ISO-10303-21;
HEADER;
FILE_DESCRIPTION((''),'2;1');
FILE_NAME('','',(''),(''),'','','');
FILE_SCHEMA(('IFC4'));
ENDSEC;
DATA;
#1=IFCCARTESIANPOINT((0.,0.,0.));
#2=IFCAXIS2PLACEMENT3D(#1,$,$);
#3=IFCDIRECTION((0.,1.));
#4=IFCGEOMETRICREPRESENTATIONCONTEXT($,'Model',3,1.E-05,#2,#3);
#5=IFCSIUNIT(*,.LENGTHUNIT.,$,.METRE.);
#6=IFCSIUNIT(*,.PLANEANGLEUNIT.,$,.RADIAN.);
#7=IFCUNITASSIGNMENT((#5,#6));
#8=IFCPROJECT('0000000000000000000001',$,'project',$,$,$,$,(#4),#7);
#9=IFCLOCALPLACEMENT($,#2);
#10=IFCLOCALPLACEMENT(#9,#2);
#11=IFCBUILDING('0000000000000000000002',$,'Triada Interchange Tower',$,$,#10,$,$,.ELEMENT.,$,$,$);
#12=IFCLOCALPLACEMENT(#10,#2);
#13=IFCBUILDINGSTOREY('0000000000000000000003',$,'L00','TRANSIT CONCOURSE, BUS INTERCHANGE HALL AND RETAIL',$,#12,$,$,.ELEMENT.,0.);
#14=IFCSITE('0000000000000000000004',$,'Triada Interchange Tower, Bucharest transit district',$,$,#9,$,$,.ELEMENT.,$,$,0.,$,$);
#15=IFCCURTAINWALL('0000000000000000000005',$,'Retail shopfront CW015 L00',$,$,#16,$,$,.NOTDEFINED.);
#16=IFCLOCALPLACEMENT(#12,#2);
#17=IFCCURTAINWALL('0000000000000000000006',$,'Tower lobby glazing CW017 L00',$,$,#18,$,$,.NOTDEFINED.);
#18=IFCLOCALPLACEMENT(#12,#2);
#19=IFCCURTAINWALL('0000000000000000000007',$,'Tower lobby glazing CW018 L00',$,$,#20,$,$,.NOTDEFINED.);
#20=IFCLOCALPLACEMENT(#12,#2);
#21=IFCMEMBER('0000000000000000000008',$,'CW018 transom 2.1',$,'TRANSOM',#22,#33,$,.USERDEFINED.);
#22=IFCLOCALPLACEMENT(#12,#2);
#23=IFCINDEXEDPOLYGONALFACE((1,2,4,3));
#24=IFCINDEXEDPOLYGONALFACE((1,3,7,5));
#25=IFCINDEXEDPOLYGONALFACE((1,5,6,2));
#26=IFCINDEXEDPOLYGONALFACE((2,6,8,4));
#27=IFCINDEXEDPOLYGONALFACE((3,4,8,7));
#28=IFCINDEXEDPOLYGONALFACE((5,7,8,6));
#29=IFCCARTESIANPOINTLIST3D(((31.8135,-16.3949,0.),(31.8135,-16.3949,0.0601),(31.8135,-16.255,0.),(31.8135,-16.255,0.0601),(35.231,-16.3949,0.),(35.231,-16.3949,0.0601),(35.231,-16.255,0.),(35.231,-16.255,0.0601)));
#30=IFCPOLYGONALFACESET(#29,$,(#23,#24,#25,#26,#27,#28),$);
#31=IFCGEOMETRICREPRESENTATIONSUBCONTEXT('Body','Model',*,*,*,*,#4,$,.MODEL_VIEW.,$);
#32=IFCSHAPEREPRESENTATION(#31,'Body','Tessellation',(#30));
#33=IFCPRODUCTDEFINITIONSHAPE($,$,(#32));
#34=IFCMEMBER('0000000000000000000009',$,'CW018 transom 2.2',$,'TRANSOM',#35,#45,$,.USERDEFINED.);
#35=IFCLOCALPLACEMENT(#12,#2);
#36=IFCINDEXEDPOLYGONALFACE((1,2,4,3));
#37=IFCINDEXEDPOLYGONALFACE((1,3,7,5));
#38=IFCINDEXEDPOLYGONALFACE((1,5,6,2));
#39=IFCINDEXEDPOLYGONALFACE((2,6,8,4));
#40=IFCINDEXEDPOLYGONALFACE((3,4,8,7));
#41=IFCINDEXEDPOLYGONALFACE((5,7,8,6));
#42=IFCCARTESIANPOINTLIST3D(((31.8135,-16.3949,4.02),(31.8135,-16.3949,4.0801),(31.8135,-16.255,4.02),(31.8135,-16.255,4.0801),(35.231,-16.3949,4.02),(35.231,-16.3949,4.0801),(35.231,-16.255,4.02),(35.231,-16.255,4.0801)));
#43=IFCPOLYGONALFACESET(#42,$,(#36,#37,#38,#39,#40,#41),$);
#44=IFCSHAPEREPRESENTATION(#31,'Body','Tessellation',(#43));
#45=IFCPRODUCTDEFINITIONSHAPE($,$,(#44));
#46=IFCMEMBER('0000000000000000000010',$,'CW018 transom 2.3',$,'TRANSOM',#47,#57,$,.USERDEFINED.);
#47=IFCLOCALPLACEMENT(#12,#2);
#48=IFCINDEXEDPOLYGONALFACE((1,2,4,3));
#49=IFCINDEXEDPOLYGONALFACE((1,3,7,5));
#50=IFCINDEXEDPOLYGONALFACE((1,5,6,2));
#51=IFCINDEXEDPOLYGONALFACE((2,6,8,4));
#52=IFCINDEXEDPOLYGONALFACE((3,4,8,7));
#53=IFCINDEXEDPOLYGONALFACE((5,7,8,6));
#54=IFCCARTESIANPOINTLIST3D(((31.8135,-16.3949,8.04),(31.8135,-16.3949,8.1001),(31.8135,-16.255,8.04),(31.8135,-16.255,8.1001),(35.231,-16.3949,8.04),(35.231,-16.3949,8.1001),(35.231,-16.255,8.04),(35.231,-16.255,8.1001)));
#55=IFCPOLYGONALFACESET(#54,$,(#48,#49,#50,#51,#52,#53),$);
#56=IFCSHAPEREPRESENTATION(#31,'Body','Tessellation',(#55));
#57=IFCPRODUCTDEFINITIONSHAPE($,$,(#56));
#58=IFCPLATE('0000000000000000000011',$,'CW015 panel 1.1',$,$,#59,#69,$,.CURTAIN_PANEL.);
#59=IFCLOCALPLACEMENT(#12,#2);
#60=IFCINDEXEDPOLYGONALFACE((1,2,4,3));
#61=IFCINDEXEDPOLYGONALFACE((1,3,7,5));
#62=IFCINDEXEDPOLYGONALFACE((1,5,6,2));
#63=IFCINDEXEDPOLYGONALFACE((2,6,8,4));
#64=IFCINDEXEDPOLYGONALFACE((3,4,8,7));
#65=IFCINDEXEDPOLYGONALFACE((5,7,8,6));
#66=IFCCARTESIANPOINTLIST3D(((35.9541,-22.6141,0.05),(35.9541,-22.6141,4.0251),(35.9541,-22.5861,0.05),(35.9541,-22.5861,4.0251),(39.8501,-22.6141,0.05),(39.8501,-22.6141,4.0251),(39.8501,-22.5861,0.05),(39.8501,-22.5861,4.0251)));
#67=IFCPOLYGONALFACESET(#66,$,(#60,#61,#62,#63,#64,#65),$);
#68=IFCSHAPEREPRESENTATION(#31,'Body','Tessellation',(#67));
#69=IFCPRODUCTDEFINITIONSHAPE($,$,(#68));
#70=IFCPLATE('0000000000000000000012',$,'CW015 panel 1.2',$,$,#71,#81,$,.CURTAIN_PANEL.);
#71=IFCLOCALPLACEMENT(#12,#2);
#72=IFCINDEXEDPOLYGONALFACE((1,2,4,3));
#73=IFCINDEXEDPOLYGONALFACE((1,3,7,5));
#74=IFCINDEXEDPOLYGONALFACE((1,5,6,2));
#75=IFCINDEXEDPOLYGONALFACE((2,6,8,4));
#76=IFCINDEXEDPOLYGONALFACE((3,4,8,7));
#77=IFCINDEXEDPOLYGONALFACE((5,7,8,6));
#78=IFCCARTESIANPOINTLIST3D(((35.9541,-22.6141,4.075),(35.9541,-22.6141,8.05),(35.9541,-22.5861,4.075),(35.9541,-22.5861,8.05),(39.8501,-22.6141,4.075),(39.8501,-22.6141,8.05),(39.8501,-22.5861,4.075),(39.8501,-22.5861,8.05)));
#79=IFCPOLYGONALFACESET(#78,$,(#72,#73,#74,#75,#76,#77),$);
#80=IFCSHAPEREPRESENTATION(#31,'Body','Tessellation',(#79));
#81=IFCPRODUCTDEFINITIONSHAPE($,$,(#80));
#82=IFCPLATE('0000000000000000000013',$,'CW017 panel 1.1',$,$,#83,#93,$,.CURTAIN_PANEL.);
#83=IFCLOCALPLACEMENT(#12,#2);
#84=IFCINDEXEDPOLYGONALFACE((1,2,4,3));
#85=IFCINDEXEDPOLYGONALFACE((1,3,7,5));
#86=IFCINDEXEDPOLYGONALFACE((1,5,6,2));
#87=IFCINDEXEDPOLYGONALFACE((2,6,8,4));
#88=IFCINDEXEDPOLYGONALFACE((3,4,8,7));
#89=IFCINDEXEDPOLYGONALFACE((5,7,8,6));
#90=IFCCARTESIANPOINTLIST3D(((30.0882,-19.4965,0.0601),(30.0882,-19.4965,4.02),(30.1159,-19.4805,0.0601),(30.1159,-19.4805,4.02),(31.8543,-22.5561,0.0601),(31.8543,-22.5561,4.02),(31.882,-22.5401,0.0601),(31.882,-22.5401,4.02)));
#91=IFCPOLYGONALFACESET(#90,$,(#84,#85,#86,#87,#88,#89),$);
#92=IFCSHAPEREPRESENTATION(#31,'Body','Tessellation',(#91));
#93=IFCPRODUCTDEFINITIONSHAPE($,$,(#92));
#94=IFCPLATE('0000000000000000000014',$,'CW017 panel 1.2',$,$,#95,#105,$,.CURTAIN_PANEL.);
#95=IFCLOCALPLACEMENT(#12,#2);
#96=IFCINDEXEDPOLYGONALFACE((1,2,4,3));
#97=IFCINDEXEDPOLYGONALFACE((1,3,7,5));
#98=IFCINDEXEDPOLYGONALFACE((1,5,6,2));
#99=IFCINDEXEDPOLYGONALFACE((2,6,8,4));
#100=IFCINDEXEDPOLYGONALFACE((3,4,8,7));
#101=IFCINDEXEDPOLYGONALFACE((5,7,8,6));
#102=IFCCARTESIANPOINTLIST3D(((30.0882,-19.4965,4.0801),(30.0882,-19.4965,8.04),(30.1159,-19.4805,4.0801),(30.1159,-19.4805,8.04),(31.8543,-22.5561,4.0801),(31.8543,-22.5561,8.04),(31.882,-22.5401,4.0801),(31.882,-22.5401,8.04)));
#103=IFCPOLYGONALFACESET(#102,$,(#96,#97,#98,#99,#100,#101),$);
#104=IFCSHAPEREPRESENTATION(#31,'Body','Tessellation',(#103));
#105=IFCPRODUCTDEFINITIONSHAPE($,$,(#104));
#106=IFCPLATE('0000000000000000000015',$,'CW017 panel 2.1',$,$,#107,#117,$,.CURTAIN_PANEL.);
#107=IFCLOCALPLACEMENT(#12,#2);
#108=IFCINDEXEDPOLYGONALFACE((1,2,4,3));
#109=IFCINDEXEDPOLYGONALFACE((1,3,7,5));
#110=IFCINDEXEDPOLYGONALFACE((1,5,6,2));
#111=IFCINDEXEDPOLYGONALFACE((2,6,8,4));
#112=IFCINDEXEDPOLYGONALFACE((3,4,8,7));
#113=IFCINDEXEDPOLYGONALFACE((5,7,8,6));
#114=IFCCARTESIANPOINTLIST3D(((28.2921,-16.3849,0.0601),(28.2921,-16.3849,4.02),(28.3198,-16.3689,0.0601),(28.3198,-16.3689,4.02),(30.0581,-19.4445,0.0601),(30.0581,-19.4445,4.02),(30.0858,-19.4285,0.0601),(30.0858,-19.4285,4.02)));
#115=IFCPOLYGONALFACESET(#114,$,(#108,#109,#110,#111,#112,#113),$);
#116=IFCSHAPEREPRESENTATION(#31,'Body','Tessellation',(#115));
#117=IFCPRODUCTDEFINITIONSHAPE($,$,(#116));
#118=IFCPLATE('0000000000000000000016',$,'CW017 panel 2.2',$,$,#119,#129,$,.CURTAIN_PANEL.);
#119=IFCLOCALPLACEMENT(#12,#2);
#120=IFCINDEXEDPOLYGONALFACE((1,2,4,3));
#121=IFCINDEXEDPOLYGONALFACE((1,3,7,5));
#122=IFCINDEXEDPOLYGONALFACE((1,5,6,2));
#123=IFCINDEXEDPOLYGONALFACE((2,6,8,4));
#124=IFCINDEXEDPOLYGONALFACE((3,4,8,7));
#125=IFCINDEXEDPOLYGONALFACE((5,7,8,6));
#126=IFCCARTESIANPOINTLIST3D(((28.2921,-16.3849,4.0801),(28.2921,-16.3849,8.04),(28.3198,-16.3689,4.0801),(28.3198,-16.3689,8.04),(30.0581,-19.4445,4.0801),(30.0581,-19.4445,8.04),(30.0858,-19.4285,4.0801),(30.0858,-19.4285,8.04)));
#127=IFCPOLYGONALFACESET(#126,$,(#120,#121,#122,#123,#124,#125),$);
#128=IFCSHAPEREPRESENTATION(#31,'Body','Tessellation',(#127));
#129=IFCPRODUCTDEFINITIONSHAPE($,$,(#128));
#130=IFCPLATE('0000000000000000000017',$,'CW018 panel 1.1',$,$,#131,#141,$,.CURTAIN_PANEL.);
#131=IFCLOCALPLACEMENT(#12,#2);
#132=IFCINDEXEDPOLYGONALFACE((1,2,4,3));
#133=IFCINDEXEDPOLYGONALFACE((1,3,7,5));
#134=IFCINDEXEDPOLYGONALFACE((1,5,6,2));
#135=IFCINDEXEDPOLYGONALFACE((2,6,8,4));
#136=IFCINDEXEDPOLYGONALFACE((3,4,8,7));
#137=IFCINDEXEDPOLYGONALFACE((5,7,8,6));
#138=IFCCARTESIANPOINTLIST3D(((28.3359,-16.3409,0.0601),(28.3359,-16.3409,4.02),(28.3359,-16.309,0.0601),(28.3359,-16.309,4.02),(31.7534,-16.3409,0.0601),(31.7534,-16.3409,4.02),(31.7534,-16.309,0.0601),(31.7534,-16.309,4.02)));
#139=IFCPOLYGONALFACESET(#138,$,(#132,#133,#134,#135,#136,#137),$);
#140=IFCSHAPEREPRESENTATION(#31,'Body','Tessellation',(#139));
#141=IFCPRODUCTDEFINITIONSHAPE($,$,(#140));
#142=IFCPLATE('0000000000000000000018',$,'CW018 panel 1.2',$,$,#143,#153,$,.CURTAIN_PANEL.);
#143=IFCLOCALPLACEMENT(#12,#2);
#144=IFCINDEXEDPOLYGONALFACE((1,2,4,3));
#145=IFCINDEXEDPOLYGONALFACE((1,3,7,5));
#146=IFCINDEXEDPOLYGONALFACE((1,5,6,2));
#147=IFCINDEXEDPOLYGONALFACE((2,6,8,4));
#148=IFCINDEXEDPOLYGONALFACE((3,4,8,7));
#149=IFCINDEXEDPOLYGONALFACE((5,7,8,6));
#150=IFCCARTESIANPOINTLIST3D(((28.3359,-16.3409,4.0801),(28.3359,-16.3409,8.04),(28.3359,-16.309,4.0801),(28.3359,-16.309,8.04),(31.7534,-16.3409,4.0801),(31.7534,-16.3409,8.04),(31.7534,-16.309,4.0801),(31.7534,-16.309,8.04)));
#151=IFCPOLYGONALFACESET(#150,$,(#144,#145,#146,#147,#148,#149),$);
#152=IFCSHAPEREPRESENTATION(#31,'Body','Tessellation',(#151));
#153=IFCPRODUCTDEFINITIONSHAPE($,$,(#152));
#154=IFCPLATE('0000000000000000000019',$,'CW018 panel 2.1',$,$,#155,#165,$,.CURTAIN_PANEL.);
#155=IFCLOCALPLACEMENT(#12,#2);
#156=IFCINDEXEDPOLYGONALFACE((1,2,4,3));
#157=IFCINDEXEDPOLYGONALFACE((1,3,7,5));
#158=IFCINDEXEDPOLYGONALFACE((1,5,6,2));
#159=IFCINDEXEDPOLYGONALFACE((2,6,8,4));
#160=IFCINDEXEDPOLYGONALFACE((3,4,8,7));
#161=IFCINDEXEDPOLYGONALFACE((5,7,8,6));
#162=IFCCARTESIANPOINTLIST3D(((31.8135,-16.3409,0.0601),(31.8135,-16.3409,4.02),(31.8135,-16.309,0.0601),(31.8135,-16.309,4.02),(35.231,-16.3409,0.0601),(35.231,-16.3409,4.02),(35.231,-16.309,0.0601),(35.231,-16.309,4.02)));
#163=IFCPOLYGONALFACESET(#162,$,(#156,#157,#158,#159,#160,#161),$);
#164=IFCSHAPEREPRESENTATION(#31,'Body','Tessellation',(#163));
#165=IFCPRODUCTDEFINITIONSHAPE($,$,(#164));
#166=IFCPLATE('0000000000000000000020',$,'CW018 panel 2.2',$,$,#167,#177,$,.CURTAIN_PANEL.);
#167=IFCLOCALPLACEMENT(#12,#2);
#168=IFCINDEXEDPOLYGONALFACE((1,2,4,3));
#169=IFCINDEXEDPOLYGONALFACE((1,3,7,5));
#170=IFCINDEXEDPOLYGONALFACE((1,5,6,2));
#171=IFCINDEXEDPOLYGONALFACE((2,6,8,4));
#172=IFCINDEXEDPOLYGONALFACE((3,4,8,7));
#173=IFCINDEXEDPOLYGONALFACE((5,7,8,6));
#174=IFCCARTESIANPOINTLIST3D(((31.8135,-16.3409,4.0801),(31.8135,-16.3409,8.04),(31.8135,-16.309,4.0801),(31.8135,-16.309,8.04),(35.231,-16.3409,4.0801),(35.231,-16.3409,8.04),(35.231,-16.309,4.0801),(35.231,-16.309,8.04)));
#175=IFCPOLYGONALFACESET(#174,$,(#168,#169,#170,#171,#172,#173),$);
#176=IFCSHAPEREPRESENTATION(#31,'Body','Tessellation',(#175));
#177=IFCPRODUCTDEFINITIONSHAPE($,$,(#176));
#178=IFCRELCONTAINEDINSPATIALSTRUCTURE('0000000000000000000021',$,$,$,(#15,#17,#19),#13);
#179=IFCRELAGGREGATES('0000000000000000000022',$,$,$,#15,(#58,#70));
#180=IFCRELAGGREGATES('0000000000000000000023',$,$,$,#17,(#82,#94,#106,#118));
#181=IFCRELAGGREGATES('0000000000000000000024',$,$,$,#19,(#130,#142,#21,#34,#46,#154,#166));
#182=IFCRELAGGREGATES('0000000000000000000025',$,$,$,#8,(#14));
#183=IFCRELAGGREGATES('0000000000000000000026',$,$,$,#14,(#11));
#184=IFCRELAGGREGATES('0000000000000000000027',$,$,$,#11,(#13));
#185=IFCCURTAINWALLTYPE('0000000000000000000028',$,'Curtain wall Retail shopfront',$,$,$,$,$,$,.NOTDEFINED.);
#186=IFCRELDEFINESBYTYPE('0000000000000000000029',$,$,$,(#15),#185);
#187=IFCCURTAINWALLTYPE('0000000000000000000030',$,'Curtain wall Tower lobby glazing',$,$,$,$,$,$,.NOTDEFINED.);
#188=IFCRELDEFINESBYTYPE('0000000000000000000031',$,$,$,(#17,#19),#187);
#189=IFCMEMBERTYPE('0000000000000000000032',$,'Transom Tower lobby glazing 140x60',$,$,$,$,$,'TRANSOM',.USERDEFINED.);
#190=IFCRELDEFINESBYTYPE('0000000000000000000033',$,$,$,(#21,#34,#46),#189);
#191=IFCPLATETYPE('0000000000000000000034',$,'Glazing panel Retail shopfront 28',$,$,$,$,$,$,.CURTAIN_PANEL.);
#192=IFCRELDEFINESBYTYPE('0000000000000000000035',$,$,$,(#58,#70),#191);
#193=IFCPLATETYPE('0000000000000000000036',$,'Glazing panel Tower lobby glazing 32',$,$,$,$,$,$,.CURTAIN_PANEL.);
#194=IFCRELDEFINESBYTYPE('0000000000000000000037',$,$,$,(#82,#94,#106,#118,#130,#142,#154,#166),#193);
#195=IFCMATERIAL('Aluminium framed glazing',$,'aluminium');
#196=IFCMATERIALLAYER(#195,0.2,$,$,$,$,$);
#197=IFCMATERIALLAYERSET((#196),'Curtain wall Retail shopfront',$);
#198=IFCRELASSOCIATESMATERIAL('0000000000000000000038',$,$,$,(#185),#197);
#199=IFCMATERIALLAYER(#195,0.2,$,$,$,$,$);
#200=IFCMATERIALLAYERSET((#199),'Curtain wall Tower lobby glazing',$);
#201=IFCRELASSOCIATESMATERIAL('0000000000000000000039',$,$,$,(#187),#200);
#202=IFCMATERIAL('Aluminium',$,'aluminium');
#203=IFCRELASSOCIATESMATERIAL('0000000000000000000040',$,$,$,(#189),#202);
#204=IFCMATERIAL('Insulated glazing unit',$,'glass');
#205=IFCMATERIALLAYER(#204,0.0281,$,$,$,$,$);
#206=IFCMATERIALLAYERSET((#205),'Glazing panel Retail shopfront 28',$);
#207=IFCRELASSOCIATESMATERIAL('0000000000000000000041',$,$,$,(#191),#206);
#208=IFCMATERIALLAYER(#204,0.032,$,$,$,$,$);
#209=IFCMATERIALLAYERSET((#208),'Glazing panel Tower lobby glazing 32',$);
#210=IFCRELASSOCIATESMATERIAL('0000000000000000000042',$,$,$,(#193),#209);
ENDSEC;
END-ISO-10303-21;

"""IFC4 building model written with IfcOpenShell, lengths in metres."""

from ifc_helpers import new_model, si_unit, direction, frame, origin, origin_2d, place, context, subcontext, project, spatial, rectangle, extrude, material, layer, layer_set, material_profile, profile_set, type_object, element, aggregate, save


model = new_model("IFC4")

# Units and contexts
model_context = context("Model", 3, precision=1e-05, world=origin(), true_north=direction((0.0, 1.0)))
body_context = subcontext(model_context, "Body", "Model", "MODEL_VIEW")
ifc_project = project(units=[si_unit("LENGTHUNIT", "METRE"), si_unit("PLANEANGLEUNIT", "RADIAN")], contexts=[model_context])

# Site, building, storey
site_placement = place(None, origin())
site = spatial("IfcSite", under=ifc_project, at=site_placement, Name="Triada Interchange Tower, Bucharest transit district", CompositionType="ELEMENT", RefElevation=0.0)
building_placement = place(site_placement, origin())
building = spatial("IfcBuilding", under=site, at=building_placement, Name="Triada Interchange Tower", CompositionType="ELEMENT")
storey_placement = place(building_placement, origin())
storey = spatial("IfcBuildingStorey", under=building, at=storey_placement, Name="L00", Description="TRANSIT CONCOURSE, BUS INTERCHANGE HALL AND RETAIL", CompositionType="ELEMENT", Elevation=0.0)

# Shared definitions
ifc_material_1 = material(Name="Aluminium framed glazing", Category="aluminium")
ifc_material_2 = material(Name="Aluminium", Category="aluminium")

# Curtain walls
ifc_layer_1 = layer(ifc_material_1, 0.2)
ifc_layer_set_1 = layer_set([ifc_layer_1], Name="Curtain wall Retail shopfront")
curtain_wall_type_1 = type_object("IfcCurtainWallType", Name="Curtain wall Retail shopfront", PredefinedType="NOTDEFINED", material=ifc_layer_set_1)
curtain_wall_1_placement = place(storey_placement, origin())
curtain_wall_1 = element("IfcCurtainWall", 1, at=curtain_wall_1_placement, inside=storey, type_object=curtain_wall_type_1, Name="Retail shopfront CW015 L00", PredefinedType="NOTDEFINED")
ifc_layer_2 = layer(ifc_material_1, 0.2)
ifc_layer_set_2 = layer_set([ifc_layer_2], Name="Curtain wall Tower lobby glazing")
curtain_wall_type_2 = type_object("IfcCurtainWallType", Name="Curtain wall Tower lobby glazing", PredefinedType="NOTDEFINED", material=ifc_layer_set_2)
curtain_wall_2_placement = place(storey_placement, origin())
curtain_wall_2 = element("IfcCurtainWall", 2, at=curtain_wall_2_placement, inside=storey, type_object=curtain_wall_type_2, Name="Tower lobby glazing CW017 L00", PredefinedType="NOTDEFINED")
curtain_wall_3_placement = place(storey_placement, origin())
curtain_wall_3 = element("IfcCurtainWall", 3, at=curtain_wall_3_placement, inside=storey, type_object=curtain_wall_type_2, Name="Tower lobby glazing CW018 L00", PredefinedType="NOTDEFINED")

# Members
ifc_material_profile_1 = material_profile(ifc_material_2, rectangle(XDim=0.1399, YDim=0.0601, at=origin_2d()), Name="Aluminium transom")
ifc_profile_set_1 = profile_set([ifc_material_profile_1], Name="Aluminium")
member_type_1 = type_object("IfcMemberType", Name="Transom Tower lobby glazing 140x60", ElementType="TRANSOM", PredefinedType="USERDEFINED", material=ifc_profile_set_1)
member_1_placement = place(storey_placement, frame((31.8135, -16.325, 0.03), z_axis=(1.0, 0.0, 0.0), x_axis=(0.0, 1.0, 0.0)))
member_1 = element("IfcMember", 4, at=member_1_placement, type_object=member_type_1, Name="CW018 transom 2.1", ObjectType="TRANSOM", PredefinedType="USERDEFINED", context=body_context, shape_type="SweptSolid", body=[
    extrude(rectangle(XDim=0.1399, YDim=0.0601, at=origin_2d()), origin(), (0.0, 0.0, 1.0), 3.4175),
])
member_2_placement = place(storey_placement, frame((31.8135, -16.325, 4.05), z_axis=(1.0, 0.0, 0.0), x_axis=(0.0, 1.0, 0.0)))
member_2 = element("IfcMember", 5, at=member_2_placement, type_object=member_type_1, Name="CW018 transom 2.2", ObjectType="TRANSOM", PredefinedType="USERDEFINED", context=body_context, shape_type="SweptSolid", body=[
    extrude(rectangle(XDim=0.1399, YDim=0.0601, at=origin_2d()), origin(), (0.0, 0.0, 1.0), 3.4175),
])
member_3_placement = place(storey_placement, frame((31.8135, -16.325, 8.0701), z_axis=(1.0, 0.0, 0.0), x_axis=(0.0, 1.0, 0.0)))
member_3 = element("IfcMember", 6, at=member_3_placement, type_object=member_type_1, Name="CW018 transom 2.3", ObjectType="TRANSOM", PredefinedType="USERDEFINED", context=body_context, shape_type="SweptSolid", body=[
    extrude(rectangle(XDim=0.1399, YDim=0.0601, at=origin_2d()), origin(), (0.0, 0.0, 1.0), 3.4175),
])

# Plates
ifc_material_3 = material(Name="Insulated glazing unit", Category="glass")
ifc_layer_3 = layer(ifc_material_3, 0.0281)
ifc_layer_set_3 = layer_set([ifc_layer_3], Name="Glazing panel Retail shopfront 28")
plate_type_1 = type_object("IfcPlateType", Name="Glazing panel Retail shopfront 28", PredefinedType="CURTAIN_PANEL", material=ifc_layer_set_3)
plate_1_placement = place(storey_placement, frame((37.9021, -22.6001, 0.05), z_axis=(0.0, 0.0, 1.0), x_axis=(-1.0, 0.0, 0.0)))
plate_1 = element("IfcPlate", 7, at=plate_1_placement, type_object=plate_type_1, Name="CW015 panel 1.1", PredefinedType="CURTAIN_PANEL", context=body_context, shape_type="SweptSolid", body=[
    extrude(rectangle(XDim=3.896, YDim=0.0281, at=origin_2d()), origin(), (0.0, 0.0, 1.0), 3.9751),
])
plate_2_placement = place(storey_placement, frame((37.9021, -22.6001, 4.075), z_axis=(0.0, 0.0, 1.0), x_axis=(-1.0, 0.0, 0.0)))
plate_2 = element("IfcPlate", 8, at=plate_2_placement, type_object=plate_type_1, Name="CW015 panel 1.2", PredefinedType="CURTAIN_PANEL", context=body_context, shape_type="SweptSolid", body=[
    extrude(rectangle(XDim=3.896, YDim=0.0281, at=origin_2d()), origin(), (0.0, 0.0, 1.0), 3.9751),
])
aggregate(curtain_wall_1, [plate_1, plate_2])
ifc_layer_4 = layer(ifc_material_3, 0.032)
ifc_layer_set_4 = layer_set([ifc_layer_4], Name="Glazing panel Tower lobby glazing 32")
plate_type_2 = type_object("IfcPlateType", Name="Glazing panel Tower lobby glazing 32", PredefinedType="CURTAIN_PANEL", material=ifc_layer_set_4)
plate_3_placement = place(storey_placement, frame((30.9851, -21.0183, 0.0601), z_axis=(0.0, 0.0, 1.0), x_axis=(-0.49991, 0.866078, 0.0)))
plate_3 = element("IfcPlate", 9, at=plate_3_placement, type_object=plate_type_2, Name="CW017 panel 1.1", PredefinedType="CURTAIN_PANEL", context=body_context, shape_type="SweptSolid", body=[
    extrude(rectangle(XDim=3.5327, YDim=0.032, at=origin_2d()), origin(), (0.0, 0.0, 1.0), 3.96),
])
plate_4_placement = place(storey_placement, frame((30.9851, -21.0183, 4.0801), z_axis=(0.0, 0.0, 1.0), x_axis=(-0.49991, 0.866078, 0.0)))
plate_4 = element("IfcPlate", 10, at=plate_4_placement, type_object=plate_type_2, Name="CW017 panel 1.2", PredefinedType="CURTAIN_PANEL", context=body_context, shape_type="SweptSolid", body=[
    extrude(rectangle(XDim=3.5327, YDim=0.032, at=origin_2d()), origin(), (0.0, 0.0, 1.0), 3.96),
])
plate_5_placement = place(storey_placement, frame((29.189, -17.9067, 0.0601), z_axis=(0.0, 0.0, 1.0), x_axis=(-0.49991, 0.866078, 0.0)))
plate_5 = element("IfcPlate", 11, at=plate_5_placement, type_object=plate_type_2, Name="CW017 panel 2.1", PredefinedType="CURTAIN_PANEL", context=body_context, shape_type="SweptSolid", body=[
    extrude(rectangle(XDim=3.5327, YDim=0.032, at=origin_2d()), origin(), (0.0, 0.0, 1.0), 3.96),
])
plate_6_placement = place(storey_placement, frame((29.189, -17.9067, 4.0801), z_axis=(0.0, 0.0, 1.0), x_axis=(-0.49991, 0.866078, 0.0)))
plate_6 = element("IfcPlate", 12, at=plate_6_placement, type_object=plate_type_2, Name="CW017 panel 2.2", PredefinedType="CURTAIN_PANEL", context=body_context, shape_type="SweptSolid", body=[
    extrude(rectangle(XDim=3.5327, YDim=0.032, at=origin_2d()), origin(), (0.0, 0.0, 1.0), 3.96),
])
aggregate(curtain_wall_2, [plate_3, plate_4, plate_5, plate_6])
plate_7_placement = place(storey_placement, frame((30.0447, -16.325, 0.0601), z_axis=(0.0, 0.0, 1.0), x_axis=(1.0, 0.0, 0.0)))
plate_7 = element("IfcPlate", 13, at=plate_7_placement, type_object=plate_type_2, Name="CW018 panel 1.1", PredefinedType="CURTAIN_PANEL", context=body_context, shape_type="SweptSolid", body=[
    extrude(rectangle(XDim=3.4175, YDim=0.032, at=origin_2d()), origin(), (0.0, 0.0, 1.0), 3.96),
])
plate_8_placement = place(storey_placement, frame((30.0447, -16.325, 4.0801), z_axis=(0.0, 0.0, 1.0), x_axis=(1.0, 0.0, 0.0)))
plate_8 = element("IfcPlate", 14, at=plate_8_placement, type_object=plate_type_2, Name="CW018 panel 1.2", PredefinedType="CURTAIN_PANEL", context=body_context, shape_type="SweptSolid", body=[
    extrude(rectangle(XDim=3.4175, YDim=0.032, at=origin_2d()), origin(), (0.0, 0.0, 1.0), 3.96),
])
plate_9_placement = place(storey_placement, frame((33.5222, -16.325, 0.0601), z_axis=(0.0, 0.0, 1.0), x_axis=(1.0, 0.0, 0.0)))
plate_9 = element("IfcPlate", 15, at=plate_9_placement, type_object=plate_type_2, Name="CW018 panel 2.1", PredefinedType="CURTAIN_PANEL", context=body_context, shape_type="SweptSolid", body=[
    extrude(rectangle(XDim=3.4175, YDim=0.032, at=origin_2d()), origin(), (0.0, 0.0, 1.0), 3.96),
])
plate_10_placement = place(storey_placement, frame((33.5222, -16.325, 4.0801), z_axis=(0.0, 0.0, 1.0), x_axis=(1.0, 0.0, 0.0)))
plate_10 = element("IfcPlate", 16, at=plate_10_placement, type_object=plate_type_2, Name="CW018 panel 2.2", PredefinedType="CURTAIN_PANEL", context=body_context, shape_type="SweptSolid", body=[
    extrude(rectangle(XDim=3.4175, YDim=0.032, at=origin_2d()), origin(), (0.0, 0.0, 1.0), 3.96),
])
aggregate(curtain_wall_3, [plate_7, plate_8, member_1, member_2, member_3, plate_9, plate_10])

save(model, "model.ifc")
